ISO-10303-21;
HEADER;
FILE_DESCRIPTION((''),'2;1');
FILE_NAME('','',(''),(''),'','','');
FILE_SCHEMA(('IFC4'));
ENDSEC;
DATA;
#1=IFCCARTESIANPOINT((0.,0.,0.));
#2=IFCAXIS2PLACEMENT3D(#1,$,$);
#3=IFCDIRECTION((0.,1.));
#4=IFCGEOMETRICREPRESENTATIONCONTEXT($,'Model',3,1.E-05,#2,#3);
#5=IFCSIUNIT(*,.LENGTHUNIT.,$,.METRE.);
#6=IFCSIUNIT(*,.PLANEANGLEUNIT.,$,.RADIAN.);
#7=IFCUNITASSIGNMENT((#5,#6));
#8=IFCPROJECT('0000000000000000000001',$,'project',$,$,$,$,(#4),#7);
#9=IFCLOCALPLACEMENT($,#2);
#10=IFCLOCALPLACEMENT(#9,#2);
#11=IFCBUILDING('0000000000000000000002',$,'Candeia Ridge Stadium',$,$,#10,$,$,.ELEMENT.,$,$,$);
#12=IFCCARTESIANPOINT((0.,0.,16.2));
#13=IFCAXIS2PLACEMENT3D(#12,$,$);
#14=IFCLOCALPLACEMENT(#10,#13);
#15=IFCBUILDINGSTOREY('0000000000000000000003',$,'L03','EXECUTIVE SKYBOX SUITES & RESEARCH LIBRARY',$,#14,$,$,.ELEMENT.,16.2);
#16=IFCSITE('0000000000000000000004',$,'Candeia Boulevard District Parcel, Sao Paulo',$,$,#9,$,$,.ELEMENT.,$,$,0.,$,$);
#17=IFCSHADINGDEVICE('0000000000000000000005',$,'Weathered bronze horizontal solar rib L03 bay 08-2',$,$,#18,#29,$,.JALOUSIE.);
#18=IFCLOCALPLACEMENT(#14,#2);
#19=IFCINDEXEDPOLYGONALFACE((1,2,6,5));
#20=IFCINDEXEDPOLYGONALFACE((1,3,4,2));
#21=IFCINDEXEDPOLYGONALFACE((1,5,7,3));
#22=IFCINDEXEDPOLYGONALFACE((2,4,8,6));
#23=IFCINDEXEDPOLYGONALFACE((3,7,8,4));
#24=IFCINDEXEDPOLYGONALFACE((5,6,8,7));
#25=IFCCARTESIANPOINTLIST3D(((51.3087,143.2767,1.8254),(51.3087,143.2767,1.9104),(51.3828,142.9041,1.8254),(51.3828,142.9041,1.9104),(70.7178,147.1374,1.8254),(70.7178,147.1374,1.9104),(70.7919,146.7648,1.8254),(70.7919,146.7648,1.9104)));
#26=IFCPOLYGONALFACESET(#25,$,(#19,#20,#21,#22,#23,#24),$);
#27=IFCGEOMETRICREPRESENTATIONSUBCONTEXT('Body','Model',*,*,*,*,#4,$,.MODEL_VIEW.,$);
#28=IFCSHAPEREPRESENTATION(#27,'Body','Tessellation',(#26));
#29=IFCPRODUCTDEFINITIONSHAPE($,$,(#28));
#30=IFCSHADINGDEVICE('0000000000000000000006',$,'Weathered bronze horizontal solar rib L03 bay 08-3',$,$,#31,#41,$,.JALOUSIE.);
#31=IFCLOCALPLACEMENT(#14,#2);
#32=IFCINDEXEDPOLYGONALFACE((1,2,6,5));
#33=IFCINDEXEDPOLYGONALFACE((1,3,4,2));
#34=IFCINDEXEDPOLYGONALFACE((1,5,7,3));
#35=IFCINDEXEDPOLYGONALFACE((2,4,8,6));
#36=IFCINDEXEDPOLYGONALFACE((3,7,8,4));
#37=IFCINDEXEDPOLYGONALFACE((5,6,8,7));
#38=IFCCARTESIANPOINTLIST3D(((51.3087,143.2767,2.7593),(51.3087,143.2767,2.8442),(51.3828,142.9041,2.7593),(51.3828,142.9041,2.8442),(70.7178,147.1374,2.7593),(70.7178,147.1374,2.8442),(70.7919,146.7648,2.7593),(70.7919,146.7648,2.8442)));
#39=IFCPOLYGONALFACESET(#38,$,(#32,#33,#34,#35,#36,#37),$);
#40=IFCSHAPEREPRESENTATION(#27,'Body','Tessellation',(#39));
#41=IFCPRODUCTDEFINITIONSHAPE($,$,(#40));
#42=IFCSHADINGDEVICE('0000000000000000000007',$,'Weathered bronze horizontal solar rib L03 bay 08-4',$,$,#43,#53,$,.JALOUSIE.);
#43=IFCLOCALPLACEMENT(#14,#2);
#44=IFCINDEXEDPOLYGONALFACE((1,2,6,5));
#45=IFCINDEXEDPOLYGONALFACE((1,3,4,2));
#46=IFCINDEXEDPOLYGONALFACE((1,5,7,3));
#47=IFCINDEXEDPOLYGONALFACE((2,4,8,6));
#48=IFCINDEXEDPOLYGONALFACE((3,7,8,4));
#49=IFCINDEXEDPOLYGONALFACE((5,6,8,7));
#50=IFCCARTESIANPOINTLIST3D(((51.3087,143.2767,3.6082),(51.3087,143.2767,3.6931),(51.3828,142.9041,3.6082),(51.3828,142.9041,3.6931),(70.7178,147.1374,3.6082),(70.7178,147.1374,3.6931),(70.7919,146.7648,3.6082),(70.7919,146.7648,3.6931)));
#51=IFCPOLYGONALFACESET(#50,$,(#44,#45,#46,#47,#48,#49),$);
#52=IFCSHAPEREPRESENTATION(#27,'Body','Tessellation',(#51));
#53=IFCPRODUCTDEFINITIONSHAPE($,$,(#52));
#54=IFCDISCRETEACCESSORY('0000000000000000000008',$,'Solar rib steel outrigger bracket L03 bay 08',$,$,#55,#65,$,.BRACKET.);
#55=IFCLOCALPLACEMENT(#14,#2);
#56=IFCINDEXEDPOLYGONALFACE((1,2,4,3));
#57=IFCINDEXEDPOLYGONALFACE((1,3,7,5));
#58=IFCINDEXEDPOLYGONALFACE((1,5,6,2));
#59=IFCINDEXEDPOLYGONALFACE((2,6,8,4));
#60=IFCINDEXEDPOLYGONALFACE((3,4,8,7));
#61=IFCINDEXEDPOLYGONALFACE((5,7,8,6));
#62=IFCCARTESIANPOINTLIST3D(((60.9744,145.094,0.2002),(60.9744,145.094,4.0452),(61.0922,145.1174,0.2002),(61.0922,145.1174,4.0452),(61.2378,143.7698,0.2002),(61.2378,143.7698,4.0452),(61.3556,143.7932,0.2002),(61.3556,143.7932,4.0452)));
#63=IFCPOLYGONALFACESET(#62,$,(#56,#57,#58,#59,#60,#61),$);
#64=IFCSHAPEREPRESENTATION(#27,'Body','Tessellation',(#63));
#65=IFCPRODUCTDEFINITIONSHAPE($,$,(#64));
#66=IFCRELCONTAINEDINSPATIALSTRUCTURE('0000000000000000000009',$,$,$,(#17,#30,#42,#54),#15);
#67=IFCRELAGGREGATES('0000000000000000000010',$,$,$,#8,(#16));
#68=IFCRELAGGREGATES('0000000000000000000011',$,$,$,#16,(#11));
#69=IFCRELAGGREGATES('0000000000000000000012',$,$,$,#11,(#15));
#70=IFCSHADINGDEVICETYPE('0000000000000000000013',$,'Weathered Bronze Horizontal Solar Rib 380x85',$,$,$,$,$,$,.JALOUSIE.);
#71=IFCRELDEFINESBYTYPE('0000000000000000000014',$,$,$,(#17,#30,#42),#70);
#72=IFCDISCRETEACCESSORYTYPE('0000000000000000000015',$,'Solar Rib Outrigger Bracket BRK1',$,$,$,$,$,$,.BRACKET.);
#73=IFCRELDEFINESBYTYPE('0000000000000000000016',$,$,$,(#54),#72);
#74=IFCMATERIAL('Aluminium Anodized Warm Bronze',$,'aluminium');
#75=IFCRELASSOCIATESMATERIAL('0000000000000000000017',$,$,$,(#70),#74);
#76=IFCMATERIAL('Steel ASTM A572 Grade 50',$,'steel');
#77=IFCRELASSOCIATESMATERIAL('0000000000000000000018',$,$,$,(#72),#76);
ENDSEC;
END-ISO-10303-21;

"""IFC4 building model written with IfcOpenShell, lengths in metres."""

from ifc_helpers import new_model, si_unit, direction, frame, origin, origin_2d, place, context, subcontext, project, spatial, rectangle, extrude, material, type_object, element, save


model = new_model("IFC4")

# Units and contexts
model_context = context("Model", 3, precision=1e-05, world=origin(), true_north=direction((0.0, 1.0)))
body_context = subcontext(model_context, "Body", "Model", "MODEL_VIEW")
ifc_project = project(units=[si_unit("LENGTHUNIT", "METRE"), si_unit("PLANEANGLEUNIT", "RADIAN")], contexts=[model_context])

# Site, building, storey
site_placement = place(None, origin())
site = spatial("IfcSite", under=ifc_project, at=site_placement, Name="Candeia Boulevard District Parcel, Sao Paulo", CompositionType="ELEMENT", RefElevation=0.0)
building_placement = place(site_placement, origin())
building = spatial("IfcBuilding", under=site, at=building_placement, Name="Candeia Ridge Stadium", CompositionType="ELEMENT")
storey_placement = place(building_placement, frame((0.0, 0.0, 16.2)))
storey = spatial("IfcBuildingStorey", under=building, at=storey_placement, Name="L03", Description="EXECUTIVE SKYBOX SUITES & RESEARCH LIBRARY", CompositionType="ELEMENT", Elevation=16.2)

# Shared definitions
ifc_material_1 = material(Name="Aluminium Anodized Warm Bronze", Category="aluminium")

# Shading devices
shading_device_type = type_object("IfcShadingDeviceType", Name="Weathered Bronze Horizontal Solar Rib 380x85", PredefinedType="JALOUSIE", material=ifc_material_1)
for number, where, z_axis, x_axis, name in (
    (1, (61.0503, 145.0208, 1.8254), (0.0, 0.0, 1.0), (-0.980785, -0.19509, 0.0), "Weathered bronze horizontal solar rib L03 bay 08-2"),
    (2, (61.0503, 145.0208, 2.7593), (0.0, 0.0, 1.0), (-0.980785, -0.19509, 0.0), "Weathered bronze horizontal solar rib L03 bay 08-3"),
    (3, (61.0503, 145.0208, 3.6082), (0.0, 0.0, 1.0), (-0.980785, -0.19509, 0.0), "Weathered bronze horizontal solar rib L03 bay 08-4"),
):
    element("IfcShadingDevice", number, at=place(storey_placement, frame(where, z_axis=z_axis, x_axis=x_axis)), inside=storey, type_object=shading_device_type, Name=name, PredefinedType="JALOUSIE", context=body_context, shape_type="SweptSolid", body=[
        extrude(rectangle(XDim=19.7893, YDim=0.3799, at=origin_2d()), origin(), (0.0, 0.0, 1.0), 0.085),
    ])

# Discrete accessory
ifc_material_2 = material(Name="Steel ASTM A572 Grade 50", Category="steel")
discrete_accessory_type = type_object("IfcDiscreteAccessoryType", Name="Solar Rib Outrigger Bracket BRK1", PredefinedType="BRACKET", material=ifc_material_2)
discrete_accessory_placement = place(storey_placement, frame((61.165, 144.4436, 0.2002), z_axis=(0.0, 0.0, 1.0), x_axis=(-0.19509, 0.980785, 0.0)))
element("IfcDiscreteAccessory", 4, at=discrete_accessory_placement, inside=storey, type_object=discrete_accessory_type, Name="Solar rib steel outrigger bracket L03 bay 08", PredefinedType="BRACKET", context=body_context, shape_type="SweptSolid", body=[
    extrude(rectangle(XDim=1.3501, YDim=0.1201, at=origin_2d()), origin(), (0.0, 0.0, 1.0), 3.845),
])

save(model, "model.ifc")
